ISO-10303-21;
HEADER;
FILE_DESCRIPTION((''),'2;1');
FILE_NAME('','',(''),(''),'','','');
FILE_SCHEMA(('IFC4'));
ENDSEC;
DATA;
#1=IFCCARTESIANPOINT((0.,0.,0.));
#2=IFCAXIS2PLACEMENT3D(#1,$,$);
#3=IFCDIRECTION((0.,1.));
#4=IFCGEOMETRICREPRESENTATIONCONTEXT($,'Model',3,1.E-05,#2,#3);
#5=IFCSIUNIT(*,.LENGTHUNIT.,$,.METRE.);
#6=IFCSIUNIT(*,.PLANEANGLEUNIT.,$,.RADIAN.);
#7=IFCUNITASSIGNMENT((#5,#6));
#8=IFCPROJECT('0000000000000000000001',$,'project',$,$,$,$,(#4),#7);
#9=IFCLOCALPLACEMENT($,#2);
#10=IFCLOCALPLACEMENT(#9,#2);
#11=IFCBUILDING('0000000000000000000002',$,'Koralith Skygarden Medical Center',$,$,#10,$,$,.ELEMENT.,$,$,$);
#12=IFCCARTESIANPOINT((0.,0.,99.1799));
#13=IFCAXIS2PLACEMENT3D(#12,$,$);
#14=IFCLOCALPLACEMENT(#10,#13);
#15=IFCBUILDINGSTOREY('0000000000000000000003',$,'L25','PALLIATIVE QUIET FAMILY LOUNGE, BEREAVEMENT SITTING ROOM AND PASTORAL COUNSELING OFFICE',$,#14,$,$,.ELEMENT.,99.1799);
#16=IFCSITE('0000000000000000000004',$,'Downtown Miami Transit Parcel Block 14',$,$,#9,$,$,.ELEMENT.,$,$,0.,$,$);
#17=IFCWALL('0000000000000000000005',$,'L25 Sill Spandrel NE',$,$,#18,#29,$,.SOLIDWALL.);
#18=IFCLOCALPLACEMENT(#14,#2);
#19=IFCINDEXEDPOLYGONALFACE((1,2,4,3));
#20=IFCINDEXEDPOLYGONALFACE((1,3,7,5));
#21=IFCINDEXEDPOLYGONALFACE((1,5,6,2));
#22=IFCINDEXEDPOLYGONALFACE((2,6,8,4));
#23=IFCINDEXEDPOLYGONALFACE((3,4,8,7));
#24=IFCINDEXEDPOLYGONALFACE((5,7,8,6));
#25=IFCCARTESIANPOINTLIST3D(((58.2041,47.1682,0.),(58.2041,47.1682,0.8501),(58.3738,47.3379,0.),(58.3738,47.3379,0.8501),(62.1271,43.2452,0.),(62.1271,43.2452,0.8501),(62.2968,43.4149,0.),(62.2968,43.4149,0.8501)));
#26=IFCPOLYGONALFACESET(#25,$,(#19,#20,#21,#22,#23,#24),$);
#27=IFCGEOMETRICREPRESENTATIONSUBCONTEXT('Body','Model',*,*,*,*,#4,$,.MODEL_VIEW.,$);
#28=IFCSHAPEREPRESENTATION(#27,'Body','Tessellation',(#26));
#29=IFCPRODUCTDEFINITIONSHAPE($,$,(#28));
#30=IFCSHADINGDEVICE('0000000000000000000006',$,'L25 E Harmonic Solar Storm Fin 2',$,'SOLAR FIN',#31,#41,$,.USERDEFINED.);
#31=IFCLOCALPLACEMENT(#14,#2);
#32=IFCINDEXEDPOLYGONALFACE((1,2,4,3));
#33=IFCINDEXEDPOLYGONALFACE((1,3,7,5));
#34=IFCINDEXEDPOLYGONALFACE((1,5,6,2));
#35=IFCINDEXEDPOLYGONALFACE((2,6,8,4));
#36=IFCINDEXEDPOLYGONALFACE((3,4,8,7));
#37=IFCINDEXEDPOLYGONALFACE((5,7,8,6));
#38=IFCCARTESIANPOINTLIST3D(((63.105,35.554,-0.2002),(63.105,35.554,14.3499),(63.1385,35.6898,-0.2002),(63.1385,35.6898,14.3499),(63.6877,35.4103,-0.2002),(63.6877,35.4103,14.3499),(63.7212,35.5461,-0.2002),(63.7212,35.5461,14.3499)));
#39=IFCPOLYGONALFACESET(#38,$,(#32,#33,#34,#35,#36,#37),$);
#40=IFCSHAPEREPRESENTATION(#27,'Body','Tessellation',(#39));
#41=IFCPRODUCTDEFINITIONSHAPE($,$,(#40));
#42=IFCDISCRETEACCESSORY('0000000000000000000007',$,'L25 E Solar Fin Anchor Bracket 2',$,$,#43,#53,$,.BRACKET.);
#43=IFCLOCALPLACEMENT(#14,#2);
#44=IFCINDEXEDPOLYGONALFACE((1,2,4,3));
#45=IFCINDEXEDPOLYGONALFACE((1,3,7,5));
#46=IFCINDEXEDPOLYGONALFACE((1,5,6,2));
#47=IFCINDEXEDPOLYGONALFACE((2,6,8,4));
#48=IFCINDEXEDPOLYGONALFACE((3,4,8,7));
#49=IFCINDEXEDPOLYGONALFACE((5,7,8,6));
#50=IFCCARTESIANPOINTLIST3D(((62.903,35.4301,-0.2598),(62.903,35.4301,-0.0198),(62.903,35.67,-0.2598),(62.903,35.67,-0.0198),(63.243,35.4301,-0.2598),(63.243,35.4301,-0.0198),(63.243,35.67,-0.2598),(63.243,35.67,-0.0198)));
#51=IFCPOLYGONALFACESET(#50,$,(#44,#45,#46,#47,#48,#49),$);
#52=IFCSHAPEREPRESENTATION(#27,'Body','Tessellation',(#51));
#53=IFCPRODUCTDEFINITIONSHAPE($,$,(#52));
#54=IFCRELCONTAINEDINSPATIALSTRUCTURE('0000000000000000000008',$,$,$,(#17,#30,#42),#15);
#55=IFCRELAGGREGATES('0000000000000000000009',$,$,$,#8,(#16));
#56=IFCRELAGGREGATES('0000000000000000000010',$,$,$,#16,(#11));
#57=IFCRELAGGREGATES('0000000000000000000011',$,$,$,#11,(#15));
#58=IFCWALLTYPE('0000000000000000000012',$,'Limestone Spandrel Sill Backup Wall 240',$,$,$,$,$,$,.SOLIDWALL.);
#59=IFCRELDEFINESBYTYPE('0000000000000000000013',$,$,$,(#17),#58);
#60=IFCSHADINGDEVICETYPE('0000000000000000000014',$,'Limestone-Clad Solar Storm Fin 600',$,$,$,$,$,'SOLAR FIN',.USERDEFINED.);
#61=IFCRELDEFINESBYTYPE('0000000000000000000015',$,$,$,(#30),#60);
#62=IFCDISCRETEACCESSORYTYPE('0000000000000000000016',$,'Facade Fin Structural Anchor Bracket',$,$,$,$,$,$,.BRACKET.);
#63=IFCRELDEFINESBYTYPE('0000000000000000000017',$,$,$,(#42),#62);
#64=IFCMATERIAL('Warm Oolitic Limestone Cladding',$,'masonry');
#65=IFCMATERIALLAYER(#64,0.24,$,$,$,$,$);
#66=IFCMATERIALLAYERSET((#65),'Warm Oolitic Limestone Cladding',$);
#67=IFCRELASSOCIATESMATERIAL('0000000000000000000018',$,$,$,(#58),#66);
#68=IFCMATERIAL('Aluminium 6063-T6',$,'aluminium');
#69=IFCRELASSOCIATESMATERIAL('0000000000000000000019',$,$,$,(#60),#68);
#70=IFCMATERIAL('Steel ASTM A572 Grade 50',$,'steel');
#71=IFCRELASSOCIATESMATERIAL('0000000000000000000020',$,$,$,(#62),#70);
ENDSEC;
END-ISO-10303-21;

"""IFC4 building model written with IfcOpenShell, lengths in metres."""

from ifc_helpers import new_model, si_unit, direction, frame, frame_2d, origin, origin_2d, place, context, subcontext, project, spatial, rectangle, extrude, material, layer, layer_set, type_object, element, save


model = new_model("IFC4")

# Units and contexts
model_context = context("Model", 3, precision=1e-05, world=origin(), true_north=direction((0.0, 1.0)))
body_context = subcontext(model_context, "Body", "Model", "MODEL_VIEW")
ifc_project = project(units=[si_unit("LENGTHUNIT", "METRE"), si_unit("PLANEANGLEUNIT", "RADIAN")], contexts=[model_context])

# Site, building, storey
site_placement = place(None, origin())
site = spatial("IfcSite", under=ifc_project, at=site_placement, Name="Downtown Miami Transit Parcel Block 14", CompositionType="ELEMENT", RefElevation=0.0)
building_placement = place(site_placement, origin())
building = spatial("IfcBuilding", under=site, at=building_placement, Name="Koralith Skygarden Medical Center", CompositionType="ELEMENT")
storey_placement = place(building_placement, frame((0.0, 0.0, 99.1799)))
storey = spatial("IfcBuildingStorey", under=building, at=storey_placement, Name="L25", Description="PALLIATIVE QUIET FAMILY LOUNGE, BEREAVEMENT SITTING ROOM AND PASTORAL COUNSELING OFFICE", CompositionType="ELEMENT", Elevation=99.1799)

# Shared definitions
ifc_material_1 = material(Name="Aluminium 6063-T6", Category="aluminium")

# Shared definitions
ifc_material_2 = material(Name="Warm Oolitic Limestone Cladding", Category="masonry")

# Wall
ifc_layer_1 = layer(ifc_material_2, 0.24)
ifc_layer_set_1 = layer_set([ifc_layer_1], Name="Warm Oolitic Limestone Cladding")
wall_type_1 = type_object("IfcWallType", Name="Limestone Spandrel Sill Backup Wall 240", PredefinedType="SOLIDWALL", material=ifc_layer_set_1)
wall_1_placement = place(storey_placement, frame((62.2119, 43.3301, 0.0), z_axis=(0.0, 0.0, 1.0), x_axis=(-0.707107, 0.707107, 0.0)))
element("IfcWall", 1, at=wall_1_placement, inside=storey, type_object=wall_type_1, Name="L25 Sill Spandrel NE", PredefinedType="SOLIDWALL", context=body_context, shape_type="SweptSolid", body=[
    extrude(rectangle(XDim=5.5479, YDim=0.24, at=frame_2d((2.7739, 0.0))), origin(), (0.0, 0.0, 1.0), 0.8501),
])

# Shading device
shading_device_type = type_object("IfcShadingDeviceType", Name="Limestone-Clad Solar Storm Fin 600", ElementType="SOLAR FIN", PredefinedType="USERDEFINED", material=ifc_material_1)
shading_device_placement = place(storey_placement, frame((63.4131, 35.55, -0.2002), z_axis=(0.0, 0.0, 1.0), x_axis=(0.970926, -0.239381, 0.0)))
element("IfcShadingDevice", 2, at=shading_device_placement, inside=storey, type_object=shading_device_type, Name="L25 E Harmonic Solar Storm Fin 2", ObjectType="SOLAR FIN", PredefinedType="USERDEFINED", context=body_context, shape_type="SweptSolid", body=[
    extrude(rectangle(XDim=0.6001, YDim=0.1399, at=origin_2d()), origin(), (0.0, 0.0, 1.0), 14.55),
])

# Discrete accessory
ifc_material_3 = material(Name="Steel ASTM A572 Grade 50", Category="steel")
discrete_accessory_type = type_object("IfcDiscreteAccessoryType", Name="Facade Fin Structural Anchor Bracket", PredefinedType="BRACKET", material=ifc_material_3)
discrete_accessory_placement = place(storey_placement, frame((63.073, 35.55, -0.2598), z_axis=(0.0, 0.0, 1.0), x_axis=(1.0, 0.0, 0.0)))
element("IfcDiscreteAccessory", 3, at=discrete_accessory_placement, inside=storey, type_object=discrete_accessory_type, Name="L25 E Solar Fin Anchor Bracket 2", PredefinedType="BRACKET", context=body_context, shape_type="SweptSolid", body=[
    extrude(rectangle(XDim=0.3401, YDim=0.24, at=origin_2d()), origin(), (0.0, 0.0, 1.0), 0.24),
])

save(model, "model.ifc")
